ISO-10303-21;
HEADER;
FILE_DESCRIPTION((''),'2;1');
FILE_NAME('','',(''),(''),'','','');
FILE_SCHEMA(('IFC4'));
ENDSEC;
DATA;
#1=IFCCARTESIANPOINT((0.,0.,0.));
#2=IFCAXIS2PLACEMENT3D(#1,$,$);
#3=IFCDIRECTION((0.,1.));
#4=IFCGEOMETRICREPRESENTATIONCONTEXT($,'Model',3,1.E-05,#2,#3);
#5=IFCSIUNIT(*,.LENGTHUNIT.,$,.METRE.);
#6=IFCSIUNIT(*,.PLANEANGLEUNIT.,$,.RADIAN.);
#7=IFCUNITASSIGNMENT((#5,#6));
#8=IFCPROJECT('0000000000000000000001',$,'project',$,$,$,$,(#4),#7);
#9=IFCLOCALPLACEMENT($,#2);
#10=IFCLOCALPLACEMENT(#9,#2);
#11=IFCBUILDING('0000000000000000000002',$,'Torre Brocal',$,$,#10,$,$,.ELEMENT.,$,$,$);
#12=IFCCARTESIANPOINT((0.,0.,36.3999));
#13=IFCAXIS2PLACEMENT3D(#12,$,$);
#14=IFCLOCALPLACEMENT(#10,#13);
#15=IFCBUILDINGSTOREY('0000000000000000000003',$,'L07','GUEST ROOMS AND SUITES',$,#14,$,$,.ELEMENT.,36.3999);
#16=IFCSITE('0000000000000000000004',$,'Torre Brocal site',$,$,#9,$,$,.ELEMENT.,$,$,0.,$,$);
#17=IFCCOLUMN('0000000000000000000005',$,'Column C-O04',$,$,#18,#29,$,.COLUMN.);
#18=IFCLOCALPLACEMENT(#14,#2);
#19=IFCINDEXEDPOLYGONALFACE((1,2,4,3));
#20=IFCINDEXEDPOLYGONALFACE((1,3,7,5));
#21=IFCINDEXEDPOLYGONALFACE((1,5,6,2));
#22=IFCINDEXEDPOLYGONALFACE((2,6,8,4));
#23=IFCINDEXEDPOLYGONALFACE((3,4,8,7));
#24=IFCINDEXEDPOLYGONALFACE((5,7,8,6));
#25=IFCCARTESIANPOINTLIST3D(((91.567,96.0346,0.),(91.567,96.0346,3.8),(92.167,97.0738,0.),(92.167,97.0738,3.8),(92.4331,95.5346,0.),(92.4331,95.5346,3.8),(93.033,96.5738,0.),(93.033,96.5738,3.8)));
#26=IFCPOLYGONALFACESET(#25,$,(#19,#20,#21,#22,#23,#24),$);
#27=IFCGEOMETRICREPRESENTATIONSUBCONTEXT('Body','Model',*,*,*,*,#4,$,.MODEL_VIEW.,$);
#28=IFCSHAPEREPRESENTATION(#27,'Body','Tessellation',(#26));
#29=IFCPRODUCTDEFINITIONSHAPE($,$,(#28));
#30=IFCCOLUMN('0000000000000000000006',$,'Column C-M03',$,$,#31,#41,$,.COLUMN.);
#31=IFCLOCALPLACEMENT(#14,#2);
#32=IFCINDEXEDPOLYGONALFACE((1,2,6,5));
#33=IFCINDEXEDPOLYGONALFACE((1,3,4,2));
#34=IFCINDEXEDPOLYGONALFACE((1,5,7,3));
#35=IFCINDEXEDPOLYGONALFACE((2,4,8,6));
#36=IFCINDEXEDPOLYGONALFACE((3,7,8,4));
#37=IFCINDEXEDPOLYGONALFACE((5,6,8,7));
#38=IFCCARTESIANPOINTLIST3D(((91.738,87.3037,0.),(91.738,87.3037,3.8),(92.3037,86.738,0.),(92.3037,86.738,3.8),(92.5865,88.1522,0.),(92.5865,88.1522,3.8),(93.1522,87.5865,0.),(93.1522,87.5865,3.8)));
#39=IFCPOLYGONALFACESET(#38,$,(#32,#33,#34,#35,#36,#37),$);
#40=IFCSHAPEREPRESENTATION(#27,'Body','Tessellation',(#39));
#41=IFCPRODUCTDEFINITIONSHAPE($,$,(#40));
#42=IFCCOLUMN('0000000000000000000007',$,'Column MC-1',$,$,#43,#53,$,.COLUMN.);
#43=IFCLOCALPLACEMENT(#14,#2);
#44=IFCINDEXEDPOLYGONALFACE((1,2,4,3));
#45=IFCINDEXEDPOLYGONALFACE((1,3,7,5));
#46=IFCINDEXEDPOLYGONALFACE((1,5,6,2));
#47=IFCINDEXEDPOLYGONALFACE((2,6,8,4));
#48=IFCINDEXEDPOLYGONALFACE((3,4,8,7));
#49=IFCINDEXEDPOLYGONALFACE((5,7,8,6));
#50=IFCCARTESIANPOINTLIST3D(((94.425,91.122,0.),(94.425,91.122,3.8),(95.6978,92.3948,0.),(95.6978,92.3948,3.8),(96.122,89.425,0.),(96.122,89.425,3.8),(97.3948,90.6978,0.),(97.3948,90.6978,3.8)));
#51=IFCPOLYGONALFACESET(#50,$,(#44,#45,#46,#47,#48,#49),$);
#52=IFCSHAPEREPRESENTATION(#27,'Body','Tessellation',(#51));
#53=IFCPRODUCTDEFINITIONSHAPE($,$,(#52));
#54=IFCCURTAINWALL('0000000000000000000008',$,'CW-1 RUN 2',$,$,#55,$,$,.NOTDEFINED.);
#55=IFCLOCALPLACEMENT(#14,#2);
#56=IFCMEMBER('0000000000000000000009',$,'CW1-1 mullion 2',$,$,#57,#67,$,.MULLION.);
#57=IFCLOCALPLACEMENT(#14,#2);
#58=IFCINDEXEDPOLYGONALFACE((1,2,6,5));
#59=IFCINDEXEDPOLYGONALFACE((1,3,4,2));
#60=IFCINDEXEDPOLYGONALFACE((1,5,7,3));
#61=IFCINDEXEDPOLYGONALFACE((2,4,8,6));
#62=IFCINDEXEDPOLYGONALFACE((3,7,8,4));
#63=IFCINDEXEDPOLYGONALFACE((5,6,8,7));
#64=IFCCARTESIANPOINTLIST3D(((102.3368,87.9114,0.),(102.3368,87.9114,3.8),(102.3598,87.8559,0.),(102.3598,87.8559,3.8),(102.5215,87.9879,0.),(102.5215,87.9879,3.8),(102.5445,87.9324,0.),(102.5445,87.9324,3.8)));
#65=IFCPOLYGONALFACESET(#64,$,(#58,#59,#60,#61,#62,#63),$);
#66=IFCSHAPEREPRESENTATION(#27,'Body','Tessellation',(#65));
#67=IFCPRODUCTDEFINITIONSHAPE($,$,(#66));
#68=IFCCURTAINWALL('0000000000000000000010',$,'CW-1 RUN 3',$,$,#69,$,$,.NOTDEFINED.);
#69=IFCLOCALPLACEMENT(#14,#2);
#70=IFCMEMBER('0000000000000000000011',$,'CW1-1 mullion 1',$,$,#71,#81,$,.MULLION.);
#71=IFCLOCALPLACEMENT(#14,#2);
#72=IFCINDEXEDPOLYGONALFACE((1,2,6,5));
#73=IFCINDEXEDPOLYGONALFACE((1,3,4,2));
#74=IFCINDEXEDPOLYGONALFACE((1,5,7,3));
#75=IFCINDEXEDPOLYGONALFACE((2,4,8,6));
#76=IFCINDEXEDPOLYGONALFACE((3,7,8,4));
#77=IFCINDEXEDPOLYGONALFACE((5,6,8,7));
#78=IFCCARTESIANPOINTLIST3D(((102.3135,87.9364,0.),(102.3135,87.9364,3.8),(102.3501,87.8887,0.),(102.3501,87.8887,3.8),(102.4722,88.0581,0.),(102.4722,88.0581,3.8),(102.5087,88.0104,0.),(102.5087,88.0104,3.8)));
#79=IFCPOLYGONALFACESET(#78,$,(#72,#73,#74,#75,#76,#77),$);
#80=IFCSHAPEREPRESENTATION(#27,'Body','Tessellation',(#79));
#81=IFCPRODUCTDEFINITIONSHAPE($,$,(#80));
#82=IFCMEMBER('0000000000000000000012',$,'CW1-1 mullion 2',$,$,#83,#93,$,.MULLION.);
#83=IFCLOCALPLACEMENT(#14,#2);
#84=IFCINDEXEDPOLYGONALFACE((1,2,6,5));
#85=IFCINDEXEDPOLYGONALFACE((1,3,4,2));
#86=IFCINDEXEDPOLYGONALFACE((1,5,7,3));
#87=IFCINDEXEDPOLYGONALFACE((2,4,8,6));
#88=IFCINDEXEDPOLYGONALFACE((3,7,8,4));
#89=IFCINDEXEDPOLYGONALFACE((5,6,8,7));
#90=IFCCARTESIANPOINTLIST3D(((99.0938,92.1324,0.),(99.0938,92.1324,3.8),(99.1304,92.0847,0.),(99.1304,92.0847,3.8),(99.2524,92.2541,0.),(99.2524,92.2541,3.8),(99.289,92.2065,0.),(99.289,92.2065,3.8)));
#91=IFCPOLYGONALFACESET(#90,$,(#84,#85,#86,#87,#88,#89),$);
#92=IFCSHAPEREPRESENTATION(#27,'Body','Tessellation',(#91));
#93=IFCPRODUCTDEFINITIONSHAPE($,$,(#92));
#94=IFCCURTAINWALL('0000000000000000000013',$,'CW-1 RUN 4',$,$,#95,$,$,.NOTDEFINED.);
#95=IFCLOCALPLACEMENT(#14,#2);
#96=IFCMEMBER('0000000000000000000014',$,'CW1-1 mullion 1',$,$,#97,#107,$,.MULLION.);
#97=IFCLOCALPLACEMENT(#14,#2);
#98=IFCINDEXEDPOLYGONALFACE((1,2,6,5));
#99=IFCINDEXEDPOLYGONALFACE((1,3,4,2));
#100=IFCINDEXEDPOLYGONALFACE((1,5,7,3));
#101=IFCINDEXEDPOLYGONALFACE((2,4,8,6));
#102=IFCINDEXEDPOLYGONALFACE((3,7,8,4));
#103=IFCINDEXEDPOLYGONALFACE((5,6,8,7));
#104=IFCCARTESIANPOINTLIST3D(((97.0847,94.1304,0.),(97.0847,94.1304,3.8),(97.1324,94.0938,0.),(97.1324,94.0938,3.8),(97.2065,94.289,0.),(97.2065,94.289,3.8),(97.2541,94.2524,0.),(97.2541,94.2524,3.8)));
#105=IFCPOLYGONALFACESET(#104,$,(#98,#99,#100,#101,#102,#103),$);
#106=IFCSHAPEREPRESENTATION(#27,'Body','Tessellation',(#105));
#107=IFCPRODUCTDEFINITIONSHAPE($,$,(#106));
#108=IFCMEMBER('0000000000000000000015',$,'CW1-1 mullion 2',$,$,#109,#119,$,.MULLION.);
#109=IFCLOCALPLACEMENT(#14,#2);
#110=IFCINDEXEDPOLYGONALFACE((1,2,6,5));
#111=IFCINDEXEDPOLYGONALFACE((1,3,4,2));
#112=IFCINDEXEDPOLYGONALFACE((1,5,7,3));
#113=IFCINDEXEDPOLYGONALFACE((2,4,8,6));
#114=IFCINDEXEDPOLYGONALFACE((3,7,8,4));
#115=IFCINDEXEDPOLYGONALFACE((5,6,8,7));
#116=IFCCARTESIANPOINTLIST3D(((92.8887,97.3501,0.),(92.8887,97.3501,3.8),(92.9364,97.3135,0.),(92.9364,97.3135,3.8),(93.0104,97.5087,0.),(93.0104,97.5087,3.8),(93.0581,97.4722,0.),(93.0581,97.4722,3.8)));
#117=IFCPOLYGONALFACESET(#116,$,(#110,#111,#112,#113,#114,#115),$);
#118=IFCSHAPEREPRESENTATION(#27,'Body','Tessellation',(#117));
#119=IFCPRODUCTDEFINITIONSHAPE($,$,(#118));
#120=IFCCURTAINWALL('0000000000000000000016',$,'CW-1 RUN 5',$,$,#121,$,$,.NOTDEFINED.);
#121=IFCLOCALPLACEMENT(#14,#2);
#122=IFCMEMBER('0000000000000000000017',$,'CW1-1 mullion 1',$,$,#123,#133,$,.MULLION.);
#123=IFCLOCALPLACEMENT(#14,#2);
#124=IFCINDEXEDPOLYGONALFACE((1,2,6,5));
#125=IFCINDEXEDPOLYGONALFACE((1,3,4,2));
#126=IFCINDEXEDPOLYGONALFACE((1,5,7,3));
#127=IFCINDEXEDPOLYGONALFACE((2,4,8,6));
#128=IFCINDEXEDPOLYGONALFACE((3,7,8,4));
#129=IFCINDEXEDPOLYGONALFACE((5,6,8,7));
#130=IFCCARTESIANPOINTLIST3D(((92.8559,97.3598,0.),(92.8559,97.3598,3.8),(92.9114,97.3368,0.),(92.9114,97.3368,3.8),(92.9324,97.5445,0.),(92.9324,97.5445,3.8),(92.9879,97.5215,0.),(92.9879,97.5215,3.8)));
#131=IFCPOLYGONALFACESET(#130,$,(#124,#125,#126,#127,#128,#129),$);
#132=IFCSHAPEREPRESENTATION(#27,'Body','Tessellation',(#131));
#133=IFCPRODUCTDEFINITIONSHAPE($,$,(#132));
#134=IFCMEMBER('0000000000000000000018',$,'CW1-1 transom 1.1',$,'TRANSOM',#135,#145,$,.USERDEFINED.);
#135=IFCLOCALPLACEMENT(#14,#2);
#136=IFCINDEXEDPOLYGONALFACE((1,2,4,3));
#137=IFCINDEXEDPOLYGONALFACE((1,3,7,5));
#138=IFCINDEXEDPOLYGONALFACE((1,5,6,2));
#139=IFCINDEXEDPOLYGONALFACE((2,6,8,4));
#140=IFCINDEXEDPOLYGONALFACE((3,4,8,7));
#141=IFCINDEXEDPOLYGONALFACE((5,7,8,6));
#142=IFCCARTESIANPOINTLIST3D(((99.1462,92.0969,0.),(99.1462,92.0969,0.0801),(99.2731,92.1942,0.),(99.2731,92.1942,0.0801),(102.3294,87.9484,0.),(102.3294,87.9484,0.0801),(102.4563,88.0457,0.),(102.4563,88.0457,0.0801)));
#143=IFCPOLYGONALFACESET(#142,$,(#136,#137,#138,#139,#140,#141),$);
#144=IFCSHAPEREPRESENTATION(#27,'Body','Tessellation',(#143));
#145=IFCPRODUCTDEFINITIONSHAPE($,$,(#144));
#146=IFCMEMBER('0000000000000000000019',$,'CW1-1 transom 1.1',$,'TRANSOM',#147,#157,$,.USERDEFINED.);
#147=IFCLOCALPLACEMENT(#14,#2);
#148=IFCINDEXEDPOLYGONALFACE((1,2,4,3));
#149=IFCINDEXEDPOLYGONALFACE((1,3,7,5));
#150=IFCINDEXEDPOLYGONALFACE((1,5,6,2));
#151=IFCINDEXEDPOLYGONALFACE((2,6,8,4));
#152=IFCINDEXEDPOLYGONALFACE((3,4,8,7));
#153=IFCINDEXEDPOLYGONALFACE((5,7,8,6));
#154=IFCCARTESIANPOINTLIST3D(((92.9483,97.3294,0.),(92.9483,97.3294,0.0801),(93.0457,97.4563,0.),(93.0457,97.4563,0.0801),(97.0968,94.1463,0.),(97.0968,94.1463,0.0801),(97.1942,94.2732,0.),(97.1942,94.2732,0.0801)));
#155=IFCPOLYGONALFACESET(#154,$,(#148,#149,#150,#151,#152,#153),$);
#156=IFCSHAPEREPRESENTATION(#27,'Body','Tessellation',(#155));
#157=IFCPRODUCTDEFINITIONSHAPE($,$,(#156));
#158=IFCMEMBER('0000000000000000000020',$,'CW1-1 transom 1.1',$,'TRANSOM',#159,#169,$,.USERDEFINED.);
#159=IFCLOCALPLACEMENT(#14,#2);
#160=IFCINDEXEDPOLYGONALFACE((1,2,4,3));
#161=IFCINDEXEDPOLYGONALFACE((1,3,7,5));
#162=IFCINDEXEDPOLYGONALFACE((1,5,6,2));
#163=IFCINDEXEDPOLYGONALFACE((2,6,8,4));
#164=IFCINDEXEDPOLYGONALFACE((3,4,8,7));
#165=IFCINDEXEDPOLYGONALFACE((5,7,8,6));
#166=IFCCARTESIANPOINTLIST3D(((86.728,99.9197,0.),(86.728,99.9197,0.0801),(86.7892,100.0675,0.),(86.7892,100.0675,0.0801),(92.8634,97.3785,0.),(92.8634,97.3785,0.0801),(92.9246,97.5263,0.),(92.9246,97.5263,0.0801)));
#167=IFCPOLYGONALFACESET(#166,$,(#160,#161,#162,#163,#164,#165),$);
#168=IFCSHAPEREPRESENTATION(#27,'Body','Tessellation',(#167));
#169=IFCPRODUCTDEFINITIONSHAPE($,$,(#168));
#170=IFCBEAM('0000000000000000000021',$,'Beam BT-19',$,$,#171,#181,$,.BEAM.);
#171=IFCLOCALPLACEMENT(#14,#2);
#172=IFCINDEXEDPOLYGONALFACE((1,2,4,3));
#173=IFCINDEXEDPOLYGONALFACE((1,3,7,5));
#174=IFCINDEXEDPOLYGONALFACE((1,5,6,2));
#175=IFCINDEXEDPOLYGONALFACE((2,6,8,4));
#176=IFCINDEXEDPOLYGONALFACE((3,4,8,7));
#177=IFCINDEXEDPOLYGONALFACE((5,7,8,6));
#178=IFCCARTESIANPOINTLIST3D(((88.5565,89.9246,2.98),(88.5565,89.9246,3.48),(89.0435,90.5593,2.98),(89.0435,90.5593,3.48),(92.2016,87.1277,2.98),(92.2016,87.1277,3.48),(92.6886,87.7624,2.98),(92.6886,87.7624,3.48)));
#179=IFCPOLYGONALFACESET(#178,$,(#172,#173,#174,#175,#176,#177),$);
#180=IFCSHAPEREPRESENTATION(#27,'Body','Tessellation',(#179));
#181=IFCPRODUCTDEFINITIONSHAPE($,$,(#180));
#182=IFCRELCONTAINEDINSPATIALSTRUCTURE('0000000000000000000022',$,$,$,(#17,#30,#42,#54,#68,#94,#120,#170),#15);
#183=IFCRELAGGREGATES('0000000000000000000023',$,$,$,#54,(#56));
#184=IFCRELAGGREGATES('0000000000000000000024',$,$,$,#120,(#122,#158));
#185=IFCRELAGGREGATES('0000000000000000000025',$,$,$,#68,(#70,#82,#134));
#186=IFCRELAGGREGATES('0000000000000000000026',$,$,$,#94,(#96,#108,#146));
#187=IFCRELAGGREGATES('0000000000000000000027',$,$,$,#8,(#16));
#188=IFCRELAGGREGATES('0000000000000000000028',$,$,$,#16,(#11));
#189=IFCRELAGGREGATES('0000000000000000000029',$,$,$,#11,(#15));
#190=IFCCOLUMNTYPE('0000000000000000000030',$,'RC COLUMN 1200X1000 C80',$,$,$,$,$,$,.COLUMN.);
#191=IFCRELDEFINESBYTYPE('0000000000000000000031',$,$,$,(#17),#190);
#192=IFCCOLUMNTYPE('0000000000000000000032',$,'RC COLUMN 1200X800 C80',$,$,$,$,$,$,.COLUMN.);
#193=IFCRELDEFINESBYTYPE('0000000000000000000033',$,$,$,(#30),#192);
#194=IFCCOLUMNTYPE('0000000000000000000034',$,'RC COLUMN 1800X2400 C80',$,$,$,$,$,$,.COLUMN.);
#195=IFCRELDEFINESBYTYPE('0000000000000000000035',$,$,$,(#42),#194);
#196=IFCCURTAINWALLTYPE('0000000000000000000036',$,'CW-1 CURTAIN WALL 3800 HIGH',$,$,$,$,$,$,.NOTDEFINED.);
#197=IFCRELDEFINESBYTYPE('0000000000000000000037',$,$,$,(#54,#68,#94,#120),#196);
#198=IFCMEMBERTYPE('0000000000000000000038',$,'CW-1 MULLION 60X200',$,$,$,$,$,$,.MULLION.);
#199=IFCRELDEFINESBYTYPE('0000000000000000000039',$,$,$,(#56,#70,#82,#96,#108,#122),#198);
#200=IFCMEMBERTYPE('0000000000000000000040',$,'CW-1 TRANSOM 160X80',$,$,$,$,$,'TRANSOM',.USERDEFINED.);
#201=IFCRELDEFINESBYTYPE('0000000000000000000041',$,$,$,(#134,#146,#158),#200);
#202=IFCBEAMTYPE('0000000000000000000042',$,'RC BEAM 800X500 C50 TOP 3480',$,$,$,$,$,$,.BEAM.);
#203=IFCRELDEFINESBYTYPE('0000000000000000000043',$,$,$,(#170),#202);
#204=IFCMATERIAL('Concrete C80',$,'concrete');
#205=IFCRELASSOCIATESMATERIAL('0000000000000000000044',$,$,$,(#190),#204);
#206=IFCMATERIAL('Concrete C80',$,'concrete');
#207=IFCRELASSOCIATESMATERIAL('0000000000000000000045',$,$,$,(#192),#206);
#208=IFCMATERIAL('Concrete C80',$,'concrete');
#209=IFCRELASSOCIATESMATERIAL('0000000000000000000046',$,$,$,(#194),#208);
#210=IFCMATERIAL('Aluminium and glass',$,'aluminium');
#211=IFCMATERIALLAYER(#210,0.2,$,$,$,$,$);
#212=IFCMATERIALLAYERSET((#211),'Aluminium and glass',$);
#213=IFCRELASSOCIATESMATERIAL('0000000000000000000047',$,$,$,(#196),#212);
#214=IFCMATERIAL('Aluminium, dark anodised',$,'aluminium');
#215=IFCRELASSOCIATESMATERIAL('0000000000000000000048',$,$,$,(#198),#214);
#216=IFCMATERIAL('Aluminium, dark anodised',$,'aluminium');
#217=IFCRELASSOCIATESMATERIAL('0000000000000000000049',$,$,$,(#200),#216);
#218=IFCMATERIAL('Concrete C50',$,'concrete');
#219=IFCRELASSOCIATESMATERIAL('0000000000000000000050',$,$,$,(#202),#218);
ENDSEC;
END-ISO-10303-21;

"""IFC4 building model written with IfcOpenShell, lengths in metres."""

from ifc_helpers import new_model, si_unit, direction, frame, origin, origin_2d, place, context, subcontext, project, spatial, rectangle, extrude, material, layer, layer_set, material_profile, profile_set, type_object, element, aggregate, save


model = new_model("IFC4")

# Units and contexts
model_context = context("Model", 3, precision=1e-05, world=origin(), true_north=direction((0.0, 1.0)))
body_context = subcontext(model_context, "Body", "Model", "MODEL_VIEW")
ifc_project = project(units=[si_unit("LENGTHUNIT", "METRE"), si_unit("PLANEANGLEUNIT", "RADIAN")], contexts=[model_context])

# Site, building, storey
site_placement = place(None, origin())
site = spatial("IfcSite", under=ifc_project, at=site_placement, Name="Torre Brocal site", CompositionType="ELEMENT", RefElevation=0.0)
building_placement = place(site_placement, origin())
building = spatial("IfcBuilding", under=site, at=building_placement, Name="Torre Brocal", CompositionType="ELEMENT")
storey_placement = place(building_placement, frame((0.0, 0.0, 36.3999)))
storey = spatial("IfcBuildingStorey", under=building, at=storey_placement, Name="L07", Description="GUEST ROOMS AND SUITES", CompositionType="ELEMENT", Elevation=36.3999)

# Columns
ifc_material_1 = material(Name="Concrete C80", Category="concrete")
ifc_material_profile_1 = material_profile(ifc_material_1, rectangle(XDim=1.2, YDim=1.0, at=origin_2d()), Name="RC 1200X1000")
ifc_profile_set_1 = profile_set([ifc_material_profile_1], Name="Concrete C80")
column_type_1 = type_object("IfcColumnType", Name="RC COLUMN 1200X1000 C80", PredefinedType="COLUMN", material=ifc_profile_set_1)
column_1_placement = place(storey_placement, frame((92.3, 96.3042, 0.0), z_axis=(0.0, 0.0, 1.0), x_axis=(0.5, 0.866025, 0.0)))
element("IfcColumn", 1, at=column_1_placement, inside=storey, type_object=column_type_1, Name="Column C-O04", PredefinedType="COLUMN", context=body_context, shape_type="SweptSolid", body=[
    extrude(rectangle(XDim=1.2, YDim=1.0, at=origin_2d()), origin(), (0.0, 0.0, 1.0), 3.8),
])
ifc_material_2 = material(Name="Concrete C80", Category="concrete")
ifc_material_profile_2 = material_profile(ifc_material_2, rectangle(XDim=1.2, YDim=0.8, at=origin_2d()), Name="RC 1200X800")
ifc_profile_set_2 = profile_set([ifc_material_profile_2], Name="Concrete C80")
column_type_2 = type_object("IfcColumnType", Name="RC COLUMN 1200X800 C80", PredefinedType="COLUMN", material=ifc_profile_set_2)
column_2_placement = place(storey_placement, frame((92.4451, 87.4451, 0.0), z_axis=(0.0, 0.0, 1.0), x_axis=(0.707107, 0.707107, 0.0)))
element("IfcColumn", 2, at=column_2_placement, inside=storey, type_object=column_type_2, Name="Column C-M03", PredefinedType="COLUMN", context=body_context, shape_type="SweptSolid", body=[
    extrude(rectangle(XDim=1.2, YDim=0.8, at=origin_2d()), origin(), (0.0, 0.0, 1.0), 3.8),
])
ifc_material_3 = material(Name="Concrete C80", Category="concrete")
ifc_material_profile_3 = material_profile(ifc_material_3, rectangle(XDim=1.8, YDim=2.3999, at=origin_2d()), Name="RC 1800X2400")
ifc_profile_set_3 = profile_set([ifc_material_profile_3], Name="Concrete C80")
column_type_3 = type_object("IfcColumnType", Name="RC COLUMN 1800X2400 C80", PredefinedType="COLUMN", material=ifc_profile_set_3)
column_3_placement = place(storey_placement, frame((95.9099, 90.9099, 0.0), z_axis=(0.0, 0.0, 1.0), x_axis=(0.707107, 0.707107, 0.0)))
element("IfcColumn", 3, at=column_3_placement, inside=storey, type_object=column_type_3, Name="Column MC-1", PredefinedType="COLUMN", context=body_context, shape_type="SweptSolid", body=[
    extrude(rectangle(XDim=1.8, YDim=2.3999, at=origin_2d()), origin(), (0.0, 0.0, 1.0), 3.8),
])

# Curtain wall, member
ifc_material_4 = material(Name="Aluminium and glass", Category="aluminium")
ifc_layer_1 = layer(ifc_material_4, 0.2)
ifc_layer_set_1 = layer_set([ifc_layer_1], Name="Aluminium and glass")
curtain_wall_type = type_object("IfcCurtainWallType", Name="CW-1 CURTAIN WALL 3800 HIGH", PredefinedType="NOTDEFINED", material=ifc_layer_set_1)
curtain_wall_1_placement = place(storey_placement, origin())
curtain_wall_1 = element("IfcCurtainWall", 4, at=curtain_wall_1_placement, inside=storey, type_object=curtain_wall_type, Name="CW-1 RUN 2", PredefinedType="NOTDEFINED")
ifc_material_5 = material(Name="Aluminium, dark anodised", Category="aluminium")
ifc_material_profile_4 = material_profile(ifc_material_5, rectangle(XDim=0.2, YDim=0.0601, at=origin_2d()), Name="CW-1 MULLION 60X200")
ifc_profile_set_4 = profile_set([ifc_material_profile_4], Name="Aluminium, dark anodised")
member_type_1 = type_object("IfcMemberType", Name="CW-1 MULLION 60X200", PredefinedType="MULLION", material=ifc_profile_set_4)
member_1_placement = place(storey_placement, frame((102.4407, 87.9219, 0.0), z_axis=(0.0, 0.0, 1.0), x_axis=(-0.92388, -0.382683, 0.0)))
member_1 = element("IfcMember", 5, at=member_1_placement, type_object=member_type_1, Name="CW1-1 mullion 2", PredefinedType="MULLION", context=body_context, shape_type="SweptSolid", body=[
    extrude(rectangle(XDim=0.2, YDim=0.0601, at=origin_2d()), origin(), (0.0, 0.0, 1.0), 3.8),
])
aggregate(curtain_wall_1, [member_1])

# Curtain walls, members
curtain_wall_2_placement = place(storey_placement, origin())
curtain_wall_2 = element("IfcCurtainWall", 6, at=curtain_wall_2_placement, inside=storey, type_object=curtain_wall_type, Name="CW-1 RUN 3", PredefinedType="NOTDEFINED")
member_2_placement = place(storey_placement, frame((102.4111, 87.9734, 0.0), z_axis=(0.0, 0.0, 1.0), x_axis=(-0.793353, -0.608761, 0.0)))
member_2 = element("IfcMember", 7, at=member_2_placement, type_object=member_type_1, Name="CW1-1 mullion 1", PredefinedType="MULLION", context=body_context, shape_type="SweptSolid", body=[
    extrude(rectangle(XDim=0.2, YDim=0.0601, at=origin_2d()), origin(), (0.0, 0.0, 1.0), 3.8),
])
member_3_placement = place(storey_placement, frame((99.1914, 92.1694, 0.0), z_axis=(0.0, 0.0, 1.0), x_axis=(-0.793353, -0.608761, 0.0)))
member_3 = element("IfcMember", 8, at=member_3_placement, type_object=member_type_1, Name="CW1-1 mullion 2", PredefinedType="MULLION", context=body_context, shape_type="SweptSolid", body=[
    extrude(rectangle(XDim=0.2, YDim=0.0601, at=origin_2d()), origin(), (0.0, 0.0, 1.0), 3.8),
])
curtain_wall_3_placement = place(storey_placement, origin())
curtain_wall_3 = element("IfcCurtainWall", 9, at=curtain_wall_3_placement, inside=storey, type_object=curtain_wall_type, Name="CW-1 RUN 4", PredefinedType="NOTDEFINED")
member_4_placement = place(storey_placement, frame((97.1694, 94.1914, 0.0), z_axis=(0.0, 0.0, 1.0), x_axis=(-0.608761, -0.793353, 0.0)))
member_4 = element("IfcMember", 10, at=member_4_placement, type_object=member_type_1, Name="CW1-1 mullion 1", PredefinedType="MULLION", context=body_context, shape_type="SweptSolid", body=[
    extrude(rectangle(XDim=0.2, YDim=0.0601, at=origin_2d()), origin(), (0.0, 0.0, 1.0), 3.8),
])
member_5_placement = place(storey_placement, frame((92.9734, 97.4111, 0.0), z_axis=(0.0, 0.0, 1.0), x_axis=(-0.608761, -0.793353, 0.0)))
member_5 = element("IfcMember", 11, at=member_5_placement, type_object=member_type_1, Name="CW1-1 mullion 2", PredefinedType="MULLION", context=body_context, shape_type="SweptSolid", body=[
    extrude(rectangle(XDim=0.2, YDim=0.0601, at=origin_2d()), origin(), (0.0, 0.0, 1.0), 3.8),
])

# Curtain wall, member
curtain_wall_4_placement = place(storey_placement, origin())
curtain_wall_4 = element("IfcCurtainWall", 12, at=curtain_wall_4_placement, inside=storey, type_object=curtain_wall_type, Name="CW-1 RUN 5", PredefinedType="NOTDEFINED")
member_6_placement = place(storey_placement, frame((92.9219, 97.4407, 0.0), z_axis=(0.0, 0.0, 1.0), x_axis=(-0.382683, -0.92388, 0.0)))
member_6 = element("IfcMember", 13, at=member_6_placement, type_object=member_type_1, Name="CW1-1 mullion 1", PredefinedType="MULLION", context=body_context, shape_type="SweptSolid", body=[
    extrude(rectangle(XDim=0.2, YDim=0.0601, at=origin_2d()), origin(), (0.0, 0.0, 1.0), 3.8),
])

# Members
ifc_material_6 = material(Name="Aluminium, dark anodised", Category="aluminium")
ifc_material_profile_5 = material_profile(ifc_material_6, rectangle(XDim=0.1599, YDim=0.0801, at=origin_2d()), Name="CW-1 TRANSOM 160X80")
ifc_profile_set_5 = profile_set([ifc_material_profile_5], Name="Aluminium, dark anodised")
member_type_2 = type_object("IfcMemberType", Name="CW-1 TRANSOM 160X80", ElementType="TRANSOM", PredefinedType="USERDEFINED", material=ifc_profile_set_5)
member_7_placement = place(storey_placement, frame((102.3928, 87.9971, 0.04), z_axis=(-0.608749, 0.793363, 0.0), x_axis=(-0.793363, -0.608749, 0.0)))
member_7 = element("IfcMember", 14, at=member_7_placement, type_object=member_type_2, Name="CW1-1 transom 1.1", ObjectType="TRANSOM", PredefinedType="USERDEFINED", context=body_context, shape_type="SweptSolid", body=[
    extrude(rectangle(XDim=0.1599, YDim=0.0801, at=origin_2d()), origin(), (0.0, 0.0, 1.0), 5.229),
])
member_8_placement = place(storey_placement, frame((97.1455, 94.2097, 0.04), z_axis=(-0.793363, 0.608749, 0.0), x_axis=(-0.608749, -0.793363, 0.0)))
member_8 = element("IfcMember", 15, at=member_8_placement, type_object=member_type_2, Name="CW1-1 transom 1.1", ObjectType="TRANSOM", PredefinedType="USERDEFINED", context=body_context, shape_type="SweptSolid", body=[
    extrude(rectangle(XDim=0.1599, YDim=0.0801, at=origin_2d()), origin(), (0.0, 0.0, 1.0), 5.229),
])
member_9_placement = place(storey_placement, frame((92.894, 97.4524, 0.04), z_axis=(-0.923887, 0.382665, 0.0), x_axis=(-0.382665, -0.923887, 0.0)))
member_9 = element("IfcMember", 16, at=member_9_placement, type_object=member_type_2, Name="CW1-1 transom 1.1", ObjectType="TRANSOM", PredefinedType="USERDEFINED", context=body_context, shape_type="SweptSolid", body=[
    extrude(rectangle(XDim=0.1599, YDim=0.0801, at=origin_2d()), origin(), (0.0, 0.0, 1.0), 6.6409),
])
aggregate(curtain_wall_4, [member_6, member_9])

# Beam
ifc_material_7 = material(Name="Concrete C50", Category="concrete")
ifc_material_profile_6 = material_profile(ifc_material_7, rectangle(XDim=0.8, YDim=0.5, at=origin_2d()), Name="RC 800X500")
ifc_profile_set_6 = profile_set([ifc_material_profile_6], Name="Concrete C50")
beam_type_1 = type_object("IfcBeamType", Name="RC BEAM 800X500 C50 TOP 3480", PredefinedType="BEAM", material=ifc_profile_set_6)
beam_1_placement = place(storey_placement, frame((92.4451, 87.4451, 3.23), z_axis=(-0.793358, 0.608755, 0.0), x_axis=(-0.608755, -0.793358, 0.0)))
element("IfcBeam", 17, at=beam_1_placement, inside=storey, type_object=beam_type_1, Name="Beam BT-19", PredefinedType="BEAM", context=body_context, shape_type="SweptSolid", body=[
    extrude(rectangle(XDim=0.8, YDim=0.5, at=origin_2d()), origin(), (0.0, 0.0, 1.0), 4.5945),
])

aggregate(curtain_wall_2, [member_2, member_3, member_7])
aggregate(curtain_wall_3, [member_4, member_5, member_8])

save(model, "model.ifc")
